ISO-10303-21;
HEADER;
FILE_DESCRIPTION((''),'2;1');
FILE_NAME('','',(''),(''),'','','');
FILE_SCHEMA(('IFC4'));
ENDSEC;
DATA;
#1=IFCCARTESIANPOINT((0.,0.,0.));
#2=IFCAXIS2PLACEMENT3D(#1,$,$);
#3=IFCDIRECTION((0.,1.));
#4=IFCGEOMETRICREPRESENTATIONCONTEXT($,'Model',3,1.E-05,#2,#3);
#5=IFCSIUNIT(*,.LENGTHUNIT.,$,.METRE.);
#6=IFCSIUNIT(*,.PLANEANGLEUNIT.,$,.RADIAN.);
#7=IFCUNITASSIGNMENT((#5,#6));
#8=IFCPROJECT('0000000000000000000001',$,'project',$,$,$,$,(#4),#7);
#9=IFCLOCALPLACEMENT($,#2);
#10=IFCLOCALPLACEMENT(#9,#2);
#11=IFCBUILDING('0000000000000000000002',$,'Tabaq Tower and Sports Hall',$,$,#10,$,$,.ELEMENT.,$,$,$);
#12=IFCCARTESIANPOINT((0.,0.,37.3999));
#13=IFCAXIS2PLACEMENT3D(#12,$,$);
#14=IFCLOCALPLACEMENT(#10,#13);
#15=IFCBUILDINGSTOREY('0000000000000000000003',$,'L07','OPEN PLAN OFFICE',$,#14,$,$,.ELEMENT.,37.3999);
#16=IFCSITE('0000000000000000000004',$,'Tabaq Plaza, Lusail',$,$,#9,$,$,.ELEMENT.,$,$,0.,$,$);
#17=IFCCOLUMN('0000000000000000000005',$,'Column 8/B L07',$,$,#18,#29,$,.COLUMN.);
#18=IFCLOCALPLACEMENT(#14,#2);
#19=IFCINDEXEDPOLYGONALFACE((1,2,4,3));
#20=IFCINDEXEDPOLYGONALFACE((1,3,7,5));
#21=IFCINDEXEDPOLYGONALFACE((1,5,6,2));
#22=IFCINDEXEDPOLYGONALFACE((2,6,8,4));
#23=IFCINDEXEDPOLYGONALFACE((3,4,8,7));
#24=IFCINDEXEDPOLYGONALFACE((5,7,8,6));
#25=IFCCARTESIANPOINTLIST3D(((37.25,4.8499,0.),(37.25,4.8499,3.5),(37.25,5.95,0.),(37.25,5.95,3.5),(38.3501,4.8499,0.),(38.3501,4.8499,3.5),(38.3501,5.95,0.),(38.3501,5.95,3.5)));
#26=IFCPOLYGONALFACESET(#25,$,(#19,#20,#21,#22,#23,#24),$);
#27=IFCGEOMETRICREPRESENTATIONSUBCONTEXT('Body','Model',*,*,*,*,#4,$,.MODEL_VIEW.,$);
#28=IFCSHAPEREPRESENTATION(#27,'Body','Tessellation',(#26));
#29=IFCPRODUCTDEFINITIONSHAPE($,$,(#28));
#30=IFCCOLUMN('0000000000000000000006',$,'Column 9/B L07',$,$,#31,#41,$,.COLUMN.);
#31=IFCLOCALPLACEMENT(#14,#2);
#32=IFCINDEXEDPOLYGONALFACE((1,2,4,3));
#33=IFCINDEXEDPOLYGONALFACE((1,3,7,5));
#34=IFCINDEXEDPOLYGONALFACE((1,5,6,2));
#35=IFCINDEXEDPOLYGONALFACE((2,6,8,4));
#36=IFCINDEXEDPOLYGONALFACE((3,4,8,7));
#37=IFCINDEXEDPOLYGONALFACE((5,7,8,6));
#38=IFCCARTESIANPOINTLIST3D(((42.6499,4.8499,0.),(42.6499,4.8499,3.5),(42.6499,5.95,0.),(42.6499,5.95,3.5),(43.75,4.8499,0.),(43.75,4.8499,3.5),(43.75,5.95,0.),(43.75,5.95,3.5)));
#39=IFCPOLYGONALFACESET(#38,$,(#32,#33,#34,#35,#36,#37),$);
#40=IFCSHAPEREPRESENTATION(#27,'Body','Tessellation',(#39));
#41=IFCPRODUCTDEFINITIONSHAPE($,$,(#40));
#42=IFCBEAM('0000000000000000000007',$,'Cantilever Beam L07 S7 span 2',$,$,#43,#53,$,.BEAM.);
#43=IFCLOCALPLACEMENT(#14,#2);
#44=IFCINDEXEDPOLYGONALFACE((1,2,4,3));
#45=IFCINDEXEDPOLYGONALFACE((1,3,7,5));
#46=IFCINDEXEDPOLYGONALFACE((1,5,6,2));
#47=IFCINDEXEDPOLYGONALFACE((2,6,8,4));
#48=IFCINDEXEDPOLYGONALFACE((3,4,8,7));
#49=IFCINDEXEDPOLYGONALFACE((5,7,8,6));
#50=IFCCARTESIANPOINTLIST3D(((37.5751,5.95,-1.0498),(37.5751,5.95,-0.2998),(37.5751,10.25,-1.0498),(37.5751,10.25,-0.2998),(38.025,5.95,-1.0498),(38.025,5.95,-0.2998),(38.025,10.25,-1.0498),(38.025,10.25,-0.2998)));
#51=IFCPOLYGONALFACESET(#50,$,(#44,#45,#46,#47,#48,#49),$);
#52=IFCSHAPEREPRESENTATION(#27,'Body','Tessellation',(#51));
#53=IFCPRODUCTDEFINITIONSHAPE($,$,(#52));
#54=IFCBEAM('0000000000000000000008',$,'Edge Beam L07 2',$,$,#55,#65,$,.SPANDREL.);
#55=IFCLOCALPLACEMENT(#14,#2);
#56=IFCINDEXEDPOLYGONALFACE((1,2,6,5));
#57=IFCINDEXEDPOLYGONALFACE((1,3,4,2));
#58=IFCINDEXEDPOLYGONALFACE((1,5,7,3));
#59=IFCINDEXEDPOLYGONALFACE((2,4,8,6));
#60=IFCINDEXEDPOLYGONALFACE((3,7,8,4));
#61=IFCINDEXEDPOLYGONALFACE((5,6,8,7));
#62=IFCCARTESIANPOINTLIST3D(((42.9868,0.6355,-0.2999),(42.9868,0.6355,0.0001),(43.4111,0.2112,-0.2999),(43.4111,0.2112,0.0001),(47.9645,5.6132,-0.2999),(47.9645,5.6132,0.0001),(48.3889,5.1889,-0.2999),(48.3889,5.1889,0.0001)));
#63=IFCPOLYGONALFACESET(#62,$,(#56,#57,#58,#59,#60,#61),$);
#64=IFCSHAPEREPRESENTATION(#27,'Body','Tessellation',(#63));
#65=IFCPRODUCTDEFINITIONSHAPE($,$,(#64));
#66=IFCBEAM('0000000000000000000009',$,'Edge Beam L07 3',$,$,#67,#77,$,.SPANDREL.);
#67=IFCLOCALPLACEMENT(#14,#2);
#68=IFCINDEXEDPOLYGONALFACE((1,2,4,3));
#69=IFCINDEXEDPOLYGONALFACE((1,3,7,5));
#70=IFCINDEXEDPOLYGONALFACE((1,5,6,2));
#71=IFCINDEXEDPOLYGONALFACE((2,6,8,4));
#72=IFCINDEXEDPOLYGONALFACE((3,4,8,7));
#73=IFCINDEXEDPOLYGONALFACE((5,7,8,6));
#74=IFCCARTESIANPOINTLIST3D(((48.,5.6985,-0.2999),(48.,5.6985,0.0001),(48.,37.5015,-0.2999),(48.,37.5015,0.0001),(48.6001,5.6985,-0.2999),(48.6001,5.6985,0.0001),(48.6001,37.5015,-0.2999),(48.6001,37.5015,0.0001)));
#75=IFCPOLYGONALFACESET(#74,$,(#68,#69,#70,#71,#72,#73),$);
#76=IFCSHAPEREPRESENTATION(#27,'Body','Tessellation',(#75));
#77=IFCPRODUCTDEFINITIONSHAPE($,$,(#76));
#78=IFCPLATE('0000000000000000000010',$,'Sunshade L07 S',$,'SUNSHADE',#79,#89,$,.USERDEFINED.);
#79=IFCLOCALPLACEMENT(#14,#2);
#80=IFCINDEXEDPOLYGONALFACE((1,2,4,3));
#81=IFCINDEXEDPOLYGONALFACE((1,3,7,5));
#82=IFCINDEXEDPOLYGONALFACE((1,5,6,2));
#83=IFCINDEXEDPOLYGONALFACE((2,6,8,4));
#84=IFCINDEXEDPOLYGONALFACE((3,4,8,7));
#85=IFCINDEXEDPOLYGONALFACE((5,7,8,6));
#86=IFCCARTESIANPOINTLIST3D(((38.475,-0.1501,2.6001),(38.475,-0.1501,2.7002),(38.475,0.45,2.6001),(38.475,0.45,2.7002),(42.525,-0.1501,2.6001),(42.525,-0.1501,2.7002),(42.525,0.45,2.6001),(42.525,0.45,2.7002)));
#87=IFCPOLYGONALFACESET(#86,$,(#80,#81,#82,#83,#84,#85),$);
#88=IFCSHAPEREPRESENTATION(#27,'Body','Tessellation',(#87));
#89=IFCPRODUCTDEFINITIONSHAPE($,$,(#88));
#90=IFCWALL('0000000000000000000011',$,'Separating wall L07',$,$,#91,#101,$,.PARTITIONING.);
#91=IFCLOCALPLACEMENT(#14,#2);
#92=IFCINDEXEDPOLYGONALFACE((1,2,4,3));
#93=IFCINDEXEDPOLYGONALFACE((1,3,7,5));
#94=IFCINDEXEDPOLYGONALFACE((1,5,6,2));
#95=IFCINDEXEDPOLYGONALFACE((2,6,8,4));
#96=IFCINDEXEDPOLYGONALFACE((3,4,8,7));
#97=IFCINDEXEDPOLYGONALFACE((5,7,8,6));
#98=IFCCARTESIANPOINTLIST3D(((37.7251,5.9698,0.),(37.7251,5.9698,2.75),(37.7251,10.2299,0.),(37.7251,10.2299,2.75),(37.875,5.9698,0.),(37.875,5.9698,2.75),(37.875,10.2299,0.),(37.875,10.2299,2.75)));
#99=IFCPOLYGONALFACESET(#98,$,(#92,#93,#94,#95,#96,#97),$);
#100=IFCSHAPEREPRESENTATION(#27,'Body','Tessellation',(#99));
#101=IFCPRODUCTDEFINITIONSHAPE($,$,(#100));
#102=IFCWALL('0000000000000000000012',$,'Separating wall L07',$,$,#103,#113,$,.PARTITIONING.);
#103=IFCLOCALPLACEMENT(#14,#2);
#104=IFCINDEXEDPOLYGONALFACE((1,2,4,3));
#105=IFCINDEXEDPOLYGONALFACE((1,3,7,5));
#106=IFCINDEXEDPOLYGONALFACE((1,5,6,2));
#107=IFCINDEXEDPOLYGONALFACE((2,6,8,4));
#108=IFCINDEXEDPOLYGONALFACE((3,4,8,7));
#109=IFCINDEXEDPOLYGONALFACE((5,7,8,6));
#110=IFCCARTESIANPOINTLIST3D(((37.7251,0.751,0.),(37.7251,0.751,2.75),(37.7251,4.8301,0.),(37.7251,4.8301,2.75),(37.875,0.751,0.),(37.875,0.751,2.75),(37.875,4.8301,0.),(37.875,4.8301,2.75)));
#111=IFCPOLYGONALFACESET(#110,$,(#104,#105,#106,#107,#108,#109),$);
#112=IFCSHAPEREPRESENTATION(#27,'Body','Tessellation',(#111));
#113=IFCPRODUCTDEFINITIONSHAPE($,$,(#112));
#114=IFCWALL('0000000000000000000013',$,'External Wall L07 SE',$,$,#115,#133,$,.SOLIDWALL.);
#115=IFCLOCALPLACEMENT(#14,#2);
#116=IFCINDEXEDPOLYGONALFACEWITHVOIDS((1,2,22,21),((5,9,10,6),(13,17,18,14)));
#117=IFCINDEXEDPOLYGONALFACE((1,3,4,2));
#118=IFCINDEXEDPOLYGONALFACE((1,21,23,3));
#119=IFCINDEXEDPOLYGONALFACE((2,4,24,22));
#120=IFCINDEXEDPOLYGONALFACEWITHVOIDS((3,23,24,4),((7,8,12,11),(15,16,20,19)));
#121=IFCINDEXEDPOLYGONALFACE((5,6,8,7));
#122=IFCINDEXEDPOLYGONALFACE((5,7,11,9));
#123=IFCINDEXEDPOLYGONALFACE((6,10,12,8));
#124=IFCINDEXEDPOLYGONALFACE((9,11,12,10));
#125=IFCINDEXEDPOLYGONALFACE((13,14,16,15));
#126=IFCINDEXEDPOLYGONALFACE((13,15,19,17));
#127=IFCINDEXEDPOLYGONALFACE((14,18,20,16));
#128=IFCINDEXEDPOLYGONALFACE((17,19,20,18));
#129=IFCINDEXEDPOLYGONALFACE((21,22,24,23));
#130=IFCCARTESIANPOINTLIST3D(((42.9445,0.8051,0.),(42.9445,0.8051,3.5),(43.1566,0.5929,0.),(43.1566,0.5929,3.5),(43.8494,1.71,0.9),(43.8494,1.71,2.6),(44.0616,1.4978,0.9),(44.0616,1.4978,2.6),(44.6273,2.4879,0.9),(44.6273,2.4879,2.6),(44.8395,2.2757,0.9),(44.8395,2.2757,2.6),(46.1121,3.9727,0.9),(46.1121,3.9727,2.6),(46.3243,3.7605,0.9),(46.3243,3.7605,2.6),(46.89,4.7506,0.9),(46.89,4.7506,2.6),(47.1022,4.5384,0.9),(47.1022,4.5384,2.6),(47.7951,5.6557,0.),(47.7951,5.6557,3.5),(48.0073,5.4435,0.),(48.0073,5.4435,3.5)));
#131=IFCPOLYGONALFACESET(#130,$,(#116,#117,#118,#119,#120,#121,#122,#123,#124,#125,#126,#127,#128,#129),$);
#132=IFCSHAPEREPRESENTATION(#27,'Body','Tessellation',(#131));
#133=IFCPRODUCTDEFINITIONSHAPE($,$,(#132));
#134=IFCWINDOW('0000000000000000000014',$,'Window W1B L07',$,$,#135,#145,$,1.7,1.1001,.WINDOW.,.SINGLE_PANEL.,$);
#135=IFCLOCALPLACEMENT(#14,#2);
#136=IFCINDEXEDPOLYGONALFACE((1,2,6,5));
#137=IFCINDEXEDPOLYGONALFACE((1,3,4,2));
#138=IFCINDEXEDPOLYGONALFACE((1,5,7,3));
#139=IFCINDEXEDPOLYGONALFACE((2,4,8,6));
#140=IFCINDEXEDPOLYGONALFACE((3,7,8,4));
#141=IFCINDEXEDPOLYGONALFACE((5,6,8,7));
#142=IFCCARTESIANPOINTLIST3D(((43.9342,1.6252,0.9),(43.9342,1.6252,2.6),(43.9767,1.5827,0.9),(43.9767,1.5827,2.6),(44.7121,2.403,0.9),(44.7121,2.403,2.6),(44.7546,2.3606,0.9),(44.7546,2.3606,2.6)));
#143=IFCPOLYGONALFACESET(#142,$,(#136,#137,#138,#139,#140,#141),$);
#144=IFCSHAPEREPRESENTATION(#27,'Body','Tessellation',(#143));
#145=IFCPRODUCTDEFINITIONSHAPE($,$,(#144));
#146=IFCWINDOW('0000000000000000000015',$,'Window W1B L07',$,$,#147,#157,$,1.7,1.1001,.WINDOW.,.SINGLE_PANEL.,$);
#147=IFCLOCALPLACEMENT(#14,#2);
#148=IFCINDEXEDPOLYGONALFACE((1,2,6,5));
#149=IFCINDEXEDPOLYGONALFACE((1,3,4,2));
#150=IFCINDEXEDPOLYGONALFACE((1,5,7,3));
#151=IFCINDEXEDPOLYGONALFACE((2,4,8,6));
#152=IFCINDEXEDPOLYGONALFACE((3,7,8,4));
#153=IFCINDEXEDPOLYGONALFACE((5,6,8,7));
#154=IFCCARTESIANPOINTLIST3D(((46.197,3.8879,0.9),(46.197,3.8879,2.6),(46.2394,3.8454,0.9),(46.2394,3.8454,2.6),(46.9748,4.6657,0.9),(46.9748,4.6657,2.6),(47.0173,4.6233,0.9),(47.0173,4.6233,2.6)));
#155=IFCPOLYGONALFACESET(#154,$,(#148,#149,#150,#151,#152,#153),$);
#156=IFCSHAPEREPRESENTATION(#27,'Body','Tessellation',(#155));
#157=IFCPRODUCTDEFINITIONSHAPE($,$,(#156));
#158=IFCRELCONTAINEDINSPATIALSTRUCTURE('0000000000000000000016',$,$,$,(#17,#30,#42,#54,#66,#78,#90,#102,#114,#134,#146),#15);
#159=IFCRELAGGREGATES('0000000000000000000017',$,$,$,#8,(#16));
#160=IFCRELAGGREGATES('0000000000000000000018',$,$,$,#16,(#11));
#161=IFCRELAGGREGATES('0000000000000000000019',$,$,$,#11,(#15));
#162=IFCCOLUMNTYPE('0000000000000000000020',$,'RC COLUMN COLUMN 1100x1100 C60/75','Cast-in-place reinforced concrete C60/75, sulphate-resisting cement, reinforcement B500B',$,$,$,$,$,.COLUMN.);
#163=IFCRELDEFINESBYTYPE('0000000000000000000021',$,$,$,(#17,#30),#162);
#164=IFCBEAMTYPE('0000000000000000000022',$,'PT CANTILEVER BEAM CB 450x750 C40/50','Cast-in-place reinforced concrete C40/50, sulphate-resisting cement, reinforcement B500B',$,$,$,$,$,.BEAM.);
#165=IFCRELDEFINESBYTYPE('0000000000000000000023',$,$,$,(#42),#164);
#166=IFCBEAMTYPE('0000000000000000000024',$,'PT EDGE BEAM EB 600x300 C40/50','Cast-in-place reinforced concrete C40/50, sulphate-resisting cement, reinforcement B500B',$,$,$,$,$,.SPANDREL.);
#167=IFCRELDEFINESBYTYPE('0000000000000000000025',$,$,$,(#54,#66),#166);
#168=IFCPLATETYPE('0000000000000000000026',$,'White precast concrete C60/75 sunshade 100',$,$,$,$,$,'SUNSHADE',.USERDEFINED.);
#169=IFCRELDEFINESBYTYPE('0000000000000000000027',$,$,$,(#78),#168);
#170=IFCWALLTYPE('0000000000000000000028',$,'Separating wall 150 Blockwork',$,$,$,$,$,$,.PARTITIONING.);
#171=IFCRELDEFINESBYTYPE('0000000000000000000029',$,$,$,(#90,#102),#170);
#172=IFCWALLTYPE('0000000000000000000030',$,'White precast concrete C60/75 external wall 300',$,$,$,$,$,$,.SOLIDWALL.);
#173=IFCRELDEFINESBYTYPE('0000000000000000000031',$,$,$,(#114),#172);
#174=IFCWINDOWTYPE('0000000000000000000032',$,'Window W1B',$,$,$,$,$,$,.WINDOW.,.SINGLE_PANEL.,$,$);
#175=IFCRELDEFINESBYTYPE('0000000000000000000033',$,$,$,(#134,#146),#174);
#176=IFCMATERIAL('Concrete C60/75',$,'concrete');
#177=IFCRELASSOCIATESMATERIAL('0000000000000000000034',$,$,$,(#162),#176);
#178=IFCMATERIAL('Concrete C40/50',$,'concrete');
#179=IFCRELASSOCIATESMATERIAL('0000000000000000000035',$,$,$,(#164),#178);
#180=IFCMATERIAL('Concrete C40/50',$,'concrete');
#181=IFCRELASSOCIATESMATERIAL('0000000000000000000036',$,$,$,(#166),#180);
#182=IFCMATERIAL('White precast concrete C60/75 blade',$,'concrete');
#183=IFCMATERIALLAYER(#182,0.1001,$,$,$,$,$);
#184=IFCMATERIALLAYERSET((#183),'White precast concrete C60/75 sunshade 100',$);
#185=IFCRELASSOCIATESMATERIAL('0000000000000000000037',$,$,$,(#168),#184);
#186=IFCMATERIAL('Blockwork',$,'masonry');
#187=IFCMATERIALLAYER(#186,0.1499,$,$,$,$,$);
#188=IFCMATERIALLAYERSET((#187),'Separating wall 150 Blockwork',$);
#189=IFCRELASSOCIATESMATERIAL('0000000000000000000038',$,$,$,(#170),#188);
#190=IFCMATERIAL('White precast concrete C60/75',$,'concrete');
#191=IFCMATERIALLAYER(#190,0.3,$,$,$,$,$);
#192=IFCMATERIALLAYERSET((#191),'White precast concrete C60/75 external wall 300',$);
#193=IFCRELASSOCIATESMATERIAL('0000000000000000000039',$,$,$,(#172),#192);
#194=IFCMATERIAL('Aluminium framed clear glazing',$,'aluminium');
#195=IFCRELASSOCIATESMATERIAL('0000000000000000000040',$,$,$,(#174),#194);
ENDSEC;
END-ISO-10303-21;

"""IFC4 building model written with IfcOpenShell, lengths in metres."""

from ifc_helpers import new_model, si_unit, direction, frame, frame_2d, origin, origin_2d, place, context, subcontext, project, spatial, rectangle, extrude, material, layer, layer_set, material_profile, profile_set, type_object, element, fill, save


model = new_model("IFC4")

# Units and contexts
model_context = context("Model", 3, precision=1e-05, world=origin(), true_north=direction((0.0, 1.0)))
body_context = subcontext(model_context, "Body", "Model", "MODEL_VIEW")
ifc_project = project(units=[si_unit("LENGTHUNIT", "METRE"), si_unit("PLANEANGLEUNIT", "RADIAN")], contexts=[model_context])

# Site, building, storey
site_placement = place(None, origin())
site = spatial("IfcSite", under=ifc_project, at=site_placement, Name="Tabaq Plaza, Lusail", CompositionType="ELEMENT", RefElevation=0.0)
building_placement = place(site_placement, origin())
building = spatial("IfcBuilding", under=site, at=building_placement, Name="Tabaq Tower and Sports Hall", CompositionType="ELEMENT")
storey_placement = place(building_placement, frame((0.0, 0.0, 37.3999)))
storey = spatial("IfcBuildingStorey", under=building, at=storey_placement, Name="L07", Description="OPEN PLAN OFFICE", CompositionType="ELEMENT", Elevation=37.3999)

# Columns
ifc_material_1 = material(Name="Concrete C60/75", Category="concrete")
ifc_material_profile_1 = material_profile(ifc_material_1, rectangle(XDim=1.1001, YDim=1.1001, at=origin_2d()), Name="COLUMN 1100x1100")
ifc_profile_set_1 = profile_set([ifc_material_profile_1], Name="Concrete C60/75")
column_type = type_object("IfcColumnType", Name="RC COLUMN COLUMN 1100x1100 C60/75", Description="Cast-in-place reinforced concrete C60/75, sulphate-resisting cement, reinforcement B500B", PredefinedType="COLUMN", material=ifc_profile_set_1)
for number, where, z_axis, x_axis, name in (
    (1, (37.8, 5.3999, 0.0), (0.0, 0.0, 1.0), (1.0, 0.0, 0.0), "Column 8/B L07"),
    (2, (43.2, 5.3999, 0.0), (0.0, 0.0, 1.0), (1.0, 0.0, 0.0), "Column 9/B L07"),
):
    element("IfcColumn", number, at=place(storey_placement, frame(where, z_axis=z_axis, x_axis=x_axis)), inside=storey, type_object=column_type, Name=name, PredefinedType="COLUMN", context=body_context, shape_type="SweptSolid", body=[
        extrude(rectangle(XDim=1.1001, YDim=1.1001, at=origin_2d()), origin(), (0.0, 0.0, 1.0), 3.5),
    ])

# Beams
ifc_material_2 = material(Name="Concrete C40/50", Category="concrete")
ifc_material_profile_2 = material_profile(ifc_material_2, rectangle(XDim=0.45, YDim=0.75, at=origin_2d()), Name="CB 450x750")
ifc_profile_set_2 = profile_set([ifc_material_profile_2], Name="Concrete C40/50")
beam_type_1 = type_object("IfcBeamType", Name="PT CANTILEVER BEAM CB 450x750 C40/50", Description="Cast-in-place reinforced concrete C40/50, sulphate-resisting cement, reinforcement B500B", PredefinedType="BEAM", material=ifc_profile_set_2)
beam_1_placement = place(storey_placement, frame((37.8, 5.95, -0.6748), z_axis=(0.0, 1.0, 0.0), x_axis=(-1.0, 0.0, 0.0)))
element("IfcBeam", 3, at=beam_1_placement, inside=storey, type_object=beam_type_1, Name="Cantilever Beam L07 S7 span 2", PredefinedType="BEAM", context=body_context, shape_type="SweptSolid", body=[
    extrude(rectangle(XDim=0.45, YDim=0.75, at=origin_2d()), origin(), (0.0, 0.0, 1.0), 4.3),
])
ifc_material_3 = material(Name="Concrete C40/50", Category="concrete")
ifc_material_profile_3 = material_profile(ifc_material_3, rectangle(XDim=0.6001, YDim=0.3, at=origin_2d()), Name="EB 600x300")
ifc_profile_set_3 = profile_set([ifc_material_profile_3], Name="Concrete C40/50")
beam_type_2 = type_object("IfcBeamType", Name="PT EDGE BEAM EB 600x300 C40/50", Description="Cast-in-place reinforced concrete C40/50, sulphate-resisting cement, reinforcement B500B", PredefinedType="SPANDREL", material=ifc_profile_set_3)
beam_2_placement = place(storey_placement, frame((43.199, 0.4233, -0.1499), z_axis=(0.707107, 0.707107, 0.0), x_axis=(-0.707107, 0.707107, 0.0)))
element("IfcBeam", 4, at=beam_2_placement, inside=storey, type_object=beam_type_2, Name="Edge Beam L07 2", PredefinedType="SPANDREL", context=body_context, shape_type="SweptSolid", body=[
    extrude(rectangle(XDim=0.6001, YDim=0.3, at=origin_2d()), origin(), (0.0, 0.0, 1.0), 7.0396),
])
beam_3_placement = place(storey_placement, frame((48.3, 5.6985, -0.1499), z_axis=(0.0, 1.0, 0.0), x_axis=(-1.0, 0.0, 0.0)))
element("IfcBeam", 5, at=beam_3_placement, inside=storey, type_object=beam_type_2, Name="Edge Beam L07 3", PredefinedType="SPANDREL", context=body_context, shape_type="SweptSolid", body=[
    extrude(rectangle(XDim=0.6001, YDim=0.3, at=origin_2d()), origin(), (0.0, 0.0, 1.0), 31.803),
])

# Plate
ifc_material_4 = material(Name="White precast concrete C60/75 blade", Category="concrete")
ifc_layer_1 = layer(ifc_material_4, 0.1001)
ifc_layer_set_1 = layer_set([ifc_layer_1], Name="White precast concrete C60/75 sunshade 100")
plate_type = type_object("IfcPlateType", Name="White precast concrete C60/75 sunshade 100", ElementType="SUNSHADE", PredefinedType="USERDEFINED", material=ifc_layer_set_1)
plate_placement = place(storey_placement, frame((40.5, 0.1499, 2.6001), z_axis=(0.0, 0.0, 1.0), x_axis=(1.0, 0.0, 0.0)))
element("IfcPlate", 6, at=plate_placement, inside=storey, type_object=plate_type, Name="Sunshade L07 S", ObjectType="SUNSHADE", PredefinedType="USERDEFINED", context=body_context, shape_type="SweptSolid", body=[
    extrude(rectangle(XDim=4.05, YDim=0.6001, at=origin_2d()), origin(), (0.0, 0.0, 1.0), 0.1001),
])

# Walls
ifc_material_5 = material(Name="Blockwork", Category="masonry")
ifc_layer_2 = layer(ifc_material_5, 0.1499)
ifc_layer_set_2 = layer_set([ifc_layer_2], Name="Separating wall 150 Blockwork")
wall_type_1 = type_object("IfcWallType", Name="Separating wall 150 Blockwork", PredefinedType="PARTITIONING", material=ifc_layer_set_2)
wall_1_placement = place(storey_placement, frame((37.8, 5.97, 0.0), z_axis=(0.0, 0.0, 1.0), x_axis=(0.0, 1.0, 0.0)))
element("IfcWall", 7, at=wall_1_placement, inside=storey, type_object=wall_type_1, Name="Separating wall L07", PredefinedType="PARTITIONING", context=body_context, shape_type="SweptSolid", body=[
    extrude(rectangle(XDim=4.26, YDim=0.1499, at=frame_2d((2.1299, 0.0))), origin(), (0.0, 0.0, 1.0), 2.75),
])
wall_2_placement = place(storey_placement, frame((37.8, 4.8301, 0.0), z_axis=(0.0, 0.0, 1.0), x_axis=(0.0, -1.0, 0.0)))
element("IfcWall", 8, at=wall_2_placement, inside=storey, type_object=wall_type_1, Name="Separating wall L07", PredefinedType="PARTITIONING", context=body_context, shape_type="SweptSolid", body=[
    extrude(rectangle(XDim=4.0791, YDim=0.1499, at=frame_2d((2.0396, 0.0))), origin(), (0.0, 0.0, 1.0), 2.75),
])

# Wall, openings, windows
ifc_material_6 = material(Name="White precast concrete C60/75", Category="concrete")
ifc_layer_3 = layer(ifc_material_6, 0.3)
ifc_layer_set_3 = layer_set([ifc_layer_3], Name="White precast concrete C60/75 external wall 300")
wall_type_2 = type_object("IfcWallType", Name="White precast concrete C60/75 external wall 300", PredefinedType="SOLIDWALL", material=ifc_layer_set_3)
wall_3_placement = place(storey_placement, frame((43.0505, 0.699, 0.0), z_axis=(0.0, 0.0, 1.0), x_axis=(0.707107, 0.707107, 0.0)))
wall_3 = element("IfcWall", 9, at=wall_3_placement, inside=storey, type_object=wall_type_2, Name="External Wall L07 SE", PredefinedType="SOLIDWALL", context=body_context, shape_type="SweptSolid", body=[
    extrude(rectangle(XDim=6.8599, YDim=0.3, at=frame_2d((3.4299, 0.0))), origin(), (0.0, 0.0, 1.0), 3.5),
])
opening_1_placement = place(wall_3_placement, frame((1.2798, 0.0, 0.8999)))
opening_1 = element("IfcOpeningElement", 10, at=opening_1_placement, cuts=wall_3, PredefinedType="OPENING", context=body_context, shape_type="SweptSolid", body=[
    extrude(rectangle(XDim=1.1001, YDim=1.7, at=frame_2d((0.55, 0.8501))), frame((0.0, 0.1602, 0.0), z_axis=(0.0, -1.0, 0.0), x_axis=(1.0, 0.0, 0.0)), (0.0, 0.0, 1.0), 0.3201),
])
opening_2_placement = place(wall_3_placement, frame((4.4797, 0.0, 0.8999)))
opening_2 = element("IfcOpeningElement", 11, at=opening_2_placement, cuts=wall_3, PredefinedType="OPENING", context=body_context, shape_type="SweptSolid", body=[
    extrude(rectangle(XDim=1.1001, YDim=1.7, at=frame_2d((0.55, 0.8501))), frame((0.0, 0.1602, 0.0), z_axis=(0.0, -1.0, 0.0), x_axis=(1.0, 0.0, 0.0)), (0.0, 0.0, 1.0), 0.3201),
])
ifc_material_7 = material(Name="Aluminium framed clear glazing", Category="aluminium")
window_type = type_object("IfcWindowType", Name="Window W1B", PartitioningType="SINGLE_PANEL", PredefinedType="WINDOW", material=ifc_material_7)
window_1_placement = place(opening_1_placement, origin())
window_1 = element("IfcWindow", 12, at=window_1_placement, inside=storey, type_object=window_type, Name="Window W1B L07", OverallHeight=1.7, OverallWidth=1.1001, PartitioningType="SINGLE_PANEL", PredefinedType="WINDOW", context=body_context, shape_type="SweptSolid", body=[
    extrude(rectangle(XDim=1.1001, YDim=1.7, at=frame_2d((0.55, 0.8501))), frame((0.0, 0.03, 0.0), z_axis=(0.0, -1.0, 0.0), x_axis=(1.0, 0.0, 0.0)), (0.0, 0.0, 1.0), 0.0601),
])
fill(opening_1, window_1)
window_2_placement = place(opening_2_placement, origin())
window_2 = element("IfcWindow", 13, at=window_2_placement, inside=storey, type_object=window_type, Name="Window W1B L07", OverallHeight=1.7, OverallWidth=1.1001, PartitioningType="SINGLE_PANEL", PredefinedType="WINDOW", context=body_context, shape_type="SweptSolid", body=[
    extrude(rectangle(XDim=1.1001, YDim=1.7, at=frame_2d((0.55, 0.8501))), frame((0.0, 0.03, 0.0), z_axis=(0.0, -1.0, 0.0), x_axis=(1.0, 0.0, 0.0)), (0.0, 0.0, 1.0), 0.0601),
])
fill(opening_2, window_2)

save(model, "model.ifc")
